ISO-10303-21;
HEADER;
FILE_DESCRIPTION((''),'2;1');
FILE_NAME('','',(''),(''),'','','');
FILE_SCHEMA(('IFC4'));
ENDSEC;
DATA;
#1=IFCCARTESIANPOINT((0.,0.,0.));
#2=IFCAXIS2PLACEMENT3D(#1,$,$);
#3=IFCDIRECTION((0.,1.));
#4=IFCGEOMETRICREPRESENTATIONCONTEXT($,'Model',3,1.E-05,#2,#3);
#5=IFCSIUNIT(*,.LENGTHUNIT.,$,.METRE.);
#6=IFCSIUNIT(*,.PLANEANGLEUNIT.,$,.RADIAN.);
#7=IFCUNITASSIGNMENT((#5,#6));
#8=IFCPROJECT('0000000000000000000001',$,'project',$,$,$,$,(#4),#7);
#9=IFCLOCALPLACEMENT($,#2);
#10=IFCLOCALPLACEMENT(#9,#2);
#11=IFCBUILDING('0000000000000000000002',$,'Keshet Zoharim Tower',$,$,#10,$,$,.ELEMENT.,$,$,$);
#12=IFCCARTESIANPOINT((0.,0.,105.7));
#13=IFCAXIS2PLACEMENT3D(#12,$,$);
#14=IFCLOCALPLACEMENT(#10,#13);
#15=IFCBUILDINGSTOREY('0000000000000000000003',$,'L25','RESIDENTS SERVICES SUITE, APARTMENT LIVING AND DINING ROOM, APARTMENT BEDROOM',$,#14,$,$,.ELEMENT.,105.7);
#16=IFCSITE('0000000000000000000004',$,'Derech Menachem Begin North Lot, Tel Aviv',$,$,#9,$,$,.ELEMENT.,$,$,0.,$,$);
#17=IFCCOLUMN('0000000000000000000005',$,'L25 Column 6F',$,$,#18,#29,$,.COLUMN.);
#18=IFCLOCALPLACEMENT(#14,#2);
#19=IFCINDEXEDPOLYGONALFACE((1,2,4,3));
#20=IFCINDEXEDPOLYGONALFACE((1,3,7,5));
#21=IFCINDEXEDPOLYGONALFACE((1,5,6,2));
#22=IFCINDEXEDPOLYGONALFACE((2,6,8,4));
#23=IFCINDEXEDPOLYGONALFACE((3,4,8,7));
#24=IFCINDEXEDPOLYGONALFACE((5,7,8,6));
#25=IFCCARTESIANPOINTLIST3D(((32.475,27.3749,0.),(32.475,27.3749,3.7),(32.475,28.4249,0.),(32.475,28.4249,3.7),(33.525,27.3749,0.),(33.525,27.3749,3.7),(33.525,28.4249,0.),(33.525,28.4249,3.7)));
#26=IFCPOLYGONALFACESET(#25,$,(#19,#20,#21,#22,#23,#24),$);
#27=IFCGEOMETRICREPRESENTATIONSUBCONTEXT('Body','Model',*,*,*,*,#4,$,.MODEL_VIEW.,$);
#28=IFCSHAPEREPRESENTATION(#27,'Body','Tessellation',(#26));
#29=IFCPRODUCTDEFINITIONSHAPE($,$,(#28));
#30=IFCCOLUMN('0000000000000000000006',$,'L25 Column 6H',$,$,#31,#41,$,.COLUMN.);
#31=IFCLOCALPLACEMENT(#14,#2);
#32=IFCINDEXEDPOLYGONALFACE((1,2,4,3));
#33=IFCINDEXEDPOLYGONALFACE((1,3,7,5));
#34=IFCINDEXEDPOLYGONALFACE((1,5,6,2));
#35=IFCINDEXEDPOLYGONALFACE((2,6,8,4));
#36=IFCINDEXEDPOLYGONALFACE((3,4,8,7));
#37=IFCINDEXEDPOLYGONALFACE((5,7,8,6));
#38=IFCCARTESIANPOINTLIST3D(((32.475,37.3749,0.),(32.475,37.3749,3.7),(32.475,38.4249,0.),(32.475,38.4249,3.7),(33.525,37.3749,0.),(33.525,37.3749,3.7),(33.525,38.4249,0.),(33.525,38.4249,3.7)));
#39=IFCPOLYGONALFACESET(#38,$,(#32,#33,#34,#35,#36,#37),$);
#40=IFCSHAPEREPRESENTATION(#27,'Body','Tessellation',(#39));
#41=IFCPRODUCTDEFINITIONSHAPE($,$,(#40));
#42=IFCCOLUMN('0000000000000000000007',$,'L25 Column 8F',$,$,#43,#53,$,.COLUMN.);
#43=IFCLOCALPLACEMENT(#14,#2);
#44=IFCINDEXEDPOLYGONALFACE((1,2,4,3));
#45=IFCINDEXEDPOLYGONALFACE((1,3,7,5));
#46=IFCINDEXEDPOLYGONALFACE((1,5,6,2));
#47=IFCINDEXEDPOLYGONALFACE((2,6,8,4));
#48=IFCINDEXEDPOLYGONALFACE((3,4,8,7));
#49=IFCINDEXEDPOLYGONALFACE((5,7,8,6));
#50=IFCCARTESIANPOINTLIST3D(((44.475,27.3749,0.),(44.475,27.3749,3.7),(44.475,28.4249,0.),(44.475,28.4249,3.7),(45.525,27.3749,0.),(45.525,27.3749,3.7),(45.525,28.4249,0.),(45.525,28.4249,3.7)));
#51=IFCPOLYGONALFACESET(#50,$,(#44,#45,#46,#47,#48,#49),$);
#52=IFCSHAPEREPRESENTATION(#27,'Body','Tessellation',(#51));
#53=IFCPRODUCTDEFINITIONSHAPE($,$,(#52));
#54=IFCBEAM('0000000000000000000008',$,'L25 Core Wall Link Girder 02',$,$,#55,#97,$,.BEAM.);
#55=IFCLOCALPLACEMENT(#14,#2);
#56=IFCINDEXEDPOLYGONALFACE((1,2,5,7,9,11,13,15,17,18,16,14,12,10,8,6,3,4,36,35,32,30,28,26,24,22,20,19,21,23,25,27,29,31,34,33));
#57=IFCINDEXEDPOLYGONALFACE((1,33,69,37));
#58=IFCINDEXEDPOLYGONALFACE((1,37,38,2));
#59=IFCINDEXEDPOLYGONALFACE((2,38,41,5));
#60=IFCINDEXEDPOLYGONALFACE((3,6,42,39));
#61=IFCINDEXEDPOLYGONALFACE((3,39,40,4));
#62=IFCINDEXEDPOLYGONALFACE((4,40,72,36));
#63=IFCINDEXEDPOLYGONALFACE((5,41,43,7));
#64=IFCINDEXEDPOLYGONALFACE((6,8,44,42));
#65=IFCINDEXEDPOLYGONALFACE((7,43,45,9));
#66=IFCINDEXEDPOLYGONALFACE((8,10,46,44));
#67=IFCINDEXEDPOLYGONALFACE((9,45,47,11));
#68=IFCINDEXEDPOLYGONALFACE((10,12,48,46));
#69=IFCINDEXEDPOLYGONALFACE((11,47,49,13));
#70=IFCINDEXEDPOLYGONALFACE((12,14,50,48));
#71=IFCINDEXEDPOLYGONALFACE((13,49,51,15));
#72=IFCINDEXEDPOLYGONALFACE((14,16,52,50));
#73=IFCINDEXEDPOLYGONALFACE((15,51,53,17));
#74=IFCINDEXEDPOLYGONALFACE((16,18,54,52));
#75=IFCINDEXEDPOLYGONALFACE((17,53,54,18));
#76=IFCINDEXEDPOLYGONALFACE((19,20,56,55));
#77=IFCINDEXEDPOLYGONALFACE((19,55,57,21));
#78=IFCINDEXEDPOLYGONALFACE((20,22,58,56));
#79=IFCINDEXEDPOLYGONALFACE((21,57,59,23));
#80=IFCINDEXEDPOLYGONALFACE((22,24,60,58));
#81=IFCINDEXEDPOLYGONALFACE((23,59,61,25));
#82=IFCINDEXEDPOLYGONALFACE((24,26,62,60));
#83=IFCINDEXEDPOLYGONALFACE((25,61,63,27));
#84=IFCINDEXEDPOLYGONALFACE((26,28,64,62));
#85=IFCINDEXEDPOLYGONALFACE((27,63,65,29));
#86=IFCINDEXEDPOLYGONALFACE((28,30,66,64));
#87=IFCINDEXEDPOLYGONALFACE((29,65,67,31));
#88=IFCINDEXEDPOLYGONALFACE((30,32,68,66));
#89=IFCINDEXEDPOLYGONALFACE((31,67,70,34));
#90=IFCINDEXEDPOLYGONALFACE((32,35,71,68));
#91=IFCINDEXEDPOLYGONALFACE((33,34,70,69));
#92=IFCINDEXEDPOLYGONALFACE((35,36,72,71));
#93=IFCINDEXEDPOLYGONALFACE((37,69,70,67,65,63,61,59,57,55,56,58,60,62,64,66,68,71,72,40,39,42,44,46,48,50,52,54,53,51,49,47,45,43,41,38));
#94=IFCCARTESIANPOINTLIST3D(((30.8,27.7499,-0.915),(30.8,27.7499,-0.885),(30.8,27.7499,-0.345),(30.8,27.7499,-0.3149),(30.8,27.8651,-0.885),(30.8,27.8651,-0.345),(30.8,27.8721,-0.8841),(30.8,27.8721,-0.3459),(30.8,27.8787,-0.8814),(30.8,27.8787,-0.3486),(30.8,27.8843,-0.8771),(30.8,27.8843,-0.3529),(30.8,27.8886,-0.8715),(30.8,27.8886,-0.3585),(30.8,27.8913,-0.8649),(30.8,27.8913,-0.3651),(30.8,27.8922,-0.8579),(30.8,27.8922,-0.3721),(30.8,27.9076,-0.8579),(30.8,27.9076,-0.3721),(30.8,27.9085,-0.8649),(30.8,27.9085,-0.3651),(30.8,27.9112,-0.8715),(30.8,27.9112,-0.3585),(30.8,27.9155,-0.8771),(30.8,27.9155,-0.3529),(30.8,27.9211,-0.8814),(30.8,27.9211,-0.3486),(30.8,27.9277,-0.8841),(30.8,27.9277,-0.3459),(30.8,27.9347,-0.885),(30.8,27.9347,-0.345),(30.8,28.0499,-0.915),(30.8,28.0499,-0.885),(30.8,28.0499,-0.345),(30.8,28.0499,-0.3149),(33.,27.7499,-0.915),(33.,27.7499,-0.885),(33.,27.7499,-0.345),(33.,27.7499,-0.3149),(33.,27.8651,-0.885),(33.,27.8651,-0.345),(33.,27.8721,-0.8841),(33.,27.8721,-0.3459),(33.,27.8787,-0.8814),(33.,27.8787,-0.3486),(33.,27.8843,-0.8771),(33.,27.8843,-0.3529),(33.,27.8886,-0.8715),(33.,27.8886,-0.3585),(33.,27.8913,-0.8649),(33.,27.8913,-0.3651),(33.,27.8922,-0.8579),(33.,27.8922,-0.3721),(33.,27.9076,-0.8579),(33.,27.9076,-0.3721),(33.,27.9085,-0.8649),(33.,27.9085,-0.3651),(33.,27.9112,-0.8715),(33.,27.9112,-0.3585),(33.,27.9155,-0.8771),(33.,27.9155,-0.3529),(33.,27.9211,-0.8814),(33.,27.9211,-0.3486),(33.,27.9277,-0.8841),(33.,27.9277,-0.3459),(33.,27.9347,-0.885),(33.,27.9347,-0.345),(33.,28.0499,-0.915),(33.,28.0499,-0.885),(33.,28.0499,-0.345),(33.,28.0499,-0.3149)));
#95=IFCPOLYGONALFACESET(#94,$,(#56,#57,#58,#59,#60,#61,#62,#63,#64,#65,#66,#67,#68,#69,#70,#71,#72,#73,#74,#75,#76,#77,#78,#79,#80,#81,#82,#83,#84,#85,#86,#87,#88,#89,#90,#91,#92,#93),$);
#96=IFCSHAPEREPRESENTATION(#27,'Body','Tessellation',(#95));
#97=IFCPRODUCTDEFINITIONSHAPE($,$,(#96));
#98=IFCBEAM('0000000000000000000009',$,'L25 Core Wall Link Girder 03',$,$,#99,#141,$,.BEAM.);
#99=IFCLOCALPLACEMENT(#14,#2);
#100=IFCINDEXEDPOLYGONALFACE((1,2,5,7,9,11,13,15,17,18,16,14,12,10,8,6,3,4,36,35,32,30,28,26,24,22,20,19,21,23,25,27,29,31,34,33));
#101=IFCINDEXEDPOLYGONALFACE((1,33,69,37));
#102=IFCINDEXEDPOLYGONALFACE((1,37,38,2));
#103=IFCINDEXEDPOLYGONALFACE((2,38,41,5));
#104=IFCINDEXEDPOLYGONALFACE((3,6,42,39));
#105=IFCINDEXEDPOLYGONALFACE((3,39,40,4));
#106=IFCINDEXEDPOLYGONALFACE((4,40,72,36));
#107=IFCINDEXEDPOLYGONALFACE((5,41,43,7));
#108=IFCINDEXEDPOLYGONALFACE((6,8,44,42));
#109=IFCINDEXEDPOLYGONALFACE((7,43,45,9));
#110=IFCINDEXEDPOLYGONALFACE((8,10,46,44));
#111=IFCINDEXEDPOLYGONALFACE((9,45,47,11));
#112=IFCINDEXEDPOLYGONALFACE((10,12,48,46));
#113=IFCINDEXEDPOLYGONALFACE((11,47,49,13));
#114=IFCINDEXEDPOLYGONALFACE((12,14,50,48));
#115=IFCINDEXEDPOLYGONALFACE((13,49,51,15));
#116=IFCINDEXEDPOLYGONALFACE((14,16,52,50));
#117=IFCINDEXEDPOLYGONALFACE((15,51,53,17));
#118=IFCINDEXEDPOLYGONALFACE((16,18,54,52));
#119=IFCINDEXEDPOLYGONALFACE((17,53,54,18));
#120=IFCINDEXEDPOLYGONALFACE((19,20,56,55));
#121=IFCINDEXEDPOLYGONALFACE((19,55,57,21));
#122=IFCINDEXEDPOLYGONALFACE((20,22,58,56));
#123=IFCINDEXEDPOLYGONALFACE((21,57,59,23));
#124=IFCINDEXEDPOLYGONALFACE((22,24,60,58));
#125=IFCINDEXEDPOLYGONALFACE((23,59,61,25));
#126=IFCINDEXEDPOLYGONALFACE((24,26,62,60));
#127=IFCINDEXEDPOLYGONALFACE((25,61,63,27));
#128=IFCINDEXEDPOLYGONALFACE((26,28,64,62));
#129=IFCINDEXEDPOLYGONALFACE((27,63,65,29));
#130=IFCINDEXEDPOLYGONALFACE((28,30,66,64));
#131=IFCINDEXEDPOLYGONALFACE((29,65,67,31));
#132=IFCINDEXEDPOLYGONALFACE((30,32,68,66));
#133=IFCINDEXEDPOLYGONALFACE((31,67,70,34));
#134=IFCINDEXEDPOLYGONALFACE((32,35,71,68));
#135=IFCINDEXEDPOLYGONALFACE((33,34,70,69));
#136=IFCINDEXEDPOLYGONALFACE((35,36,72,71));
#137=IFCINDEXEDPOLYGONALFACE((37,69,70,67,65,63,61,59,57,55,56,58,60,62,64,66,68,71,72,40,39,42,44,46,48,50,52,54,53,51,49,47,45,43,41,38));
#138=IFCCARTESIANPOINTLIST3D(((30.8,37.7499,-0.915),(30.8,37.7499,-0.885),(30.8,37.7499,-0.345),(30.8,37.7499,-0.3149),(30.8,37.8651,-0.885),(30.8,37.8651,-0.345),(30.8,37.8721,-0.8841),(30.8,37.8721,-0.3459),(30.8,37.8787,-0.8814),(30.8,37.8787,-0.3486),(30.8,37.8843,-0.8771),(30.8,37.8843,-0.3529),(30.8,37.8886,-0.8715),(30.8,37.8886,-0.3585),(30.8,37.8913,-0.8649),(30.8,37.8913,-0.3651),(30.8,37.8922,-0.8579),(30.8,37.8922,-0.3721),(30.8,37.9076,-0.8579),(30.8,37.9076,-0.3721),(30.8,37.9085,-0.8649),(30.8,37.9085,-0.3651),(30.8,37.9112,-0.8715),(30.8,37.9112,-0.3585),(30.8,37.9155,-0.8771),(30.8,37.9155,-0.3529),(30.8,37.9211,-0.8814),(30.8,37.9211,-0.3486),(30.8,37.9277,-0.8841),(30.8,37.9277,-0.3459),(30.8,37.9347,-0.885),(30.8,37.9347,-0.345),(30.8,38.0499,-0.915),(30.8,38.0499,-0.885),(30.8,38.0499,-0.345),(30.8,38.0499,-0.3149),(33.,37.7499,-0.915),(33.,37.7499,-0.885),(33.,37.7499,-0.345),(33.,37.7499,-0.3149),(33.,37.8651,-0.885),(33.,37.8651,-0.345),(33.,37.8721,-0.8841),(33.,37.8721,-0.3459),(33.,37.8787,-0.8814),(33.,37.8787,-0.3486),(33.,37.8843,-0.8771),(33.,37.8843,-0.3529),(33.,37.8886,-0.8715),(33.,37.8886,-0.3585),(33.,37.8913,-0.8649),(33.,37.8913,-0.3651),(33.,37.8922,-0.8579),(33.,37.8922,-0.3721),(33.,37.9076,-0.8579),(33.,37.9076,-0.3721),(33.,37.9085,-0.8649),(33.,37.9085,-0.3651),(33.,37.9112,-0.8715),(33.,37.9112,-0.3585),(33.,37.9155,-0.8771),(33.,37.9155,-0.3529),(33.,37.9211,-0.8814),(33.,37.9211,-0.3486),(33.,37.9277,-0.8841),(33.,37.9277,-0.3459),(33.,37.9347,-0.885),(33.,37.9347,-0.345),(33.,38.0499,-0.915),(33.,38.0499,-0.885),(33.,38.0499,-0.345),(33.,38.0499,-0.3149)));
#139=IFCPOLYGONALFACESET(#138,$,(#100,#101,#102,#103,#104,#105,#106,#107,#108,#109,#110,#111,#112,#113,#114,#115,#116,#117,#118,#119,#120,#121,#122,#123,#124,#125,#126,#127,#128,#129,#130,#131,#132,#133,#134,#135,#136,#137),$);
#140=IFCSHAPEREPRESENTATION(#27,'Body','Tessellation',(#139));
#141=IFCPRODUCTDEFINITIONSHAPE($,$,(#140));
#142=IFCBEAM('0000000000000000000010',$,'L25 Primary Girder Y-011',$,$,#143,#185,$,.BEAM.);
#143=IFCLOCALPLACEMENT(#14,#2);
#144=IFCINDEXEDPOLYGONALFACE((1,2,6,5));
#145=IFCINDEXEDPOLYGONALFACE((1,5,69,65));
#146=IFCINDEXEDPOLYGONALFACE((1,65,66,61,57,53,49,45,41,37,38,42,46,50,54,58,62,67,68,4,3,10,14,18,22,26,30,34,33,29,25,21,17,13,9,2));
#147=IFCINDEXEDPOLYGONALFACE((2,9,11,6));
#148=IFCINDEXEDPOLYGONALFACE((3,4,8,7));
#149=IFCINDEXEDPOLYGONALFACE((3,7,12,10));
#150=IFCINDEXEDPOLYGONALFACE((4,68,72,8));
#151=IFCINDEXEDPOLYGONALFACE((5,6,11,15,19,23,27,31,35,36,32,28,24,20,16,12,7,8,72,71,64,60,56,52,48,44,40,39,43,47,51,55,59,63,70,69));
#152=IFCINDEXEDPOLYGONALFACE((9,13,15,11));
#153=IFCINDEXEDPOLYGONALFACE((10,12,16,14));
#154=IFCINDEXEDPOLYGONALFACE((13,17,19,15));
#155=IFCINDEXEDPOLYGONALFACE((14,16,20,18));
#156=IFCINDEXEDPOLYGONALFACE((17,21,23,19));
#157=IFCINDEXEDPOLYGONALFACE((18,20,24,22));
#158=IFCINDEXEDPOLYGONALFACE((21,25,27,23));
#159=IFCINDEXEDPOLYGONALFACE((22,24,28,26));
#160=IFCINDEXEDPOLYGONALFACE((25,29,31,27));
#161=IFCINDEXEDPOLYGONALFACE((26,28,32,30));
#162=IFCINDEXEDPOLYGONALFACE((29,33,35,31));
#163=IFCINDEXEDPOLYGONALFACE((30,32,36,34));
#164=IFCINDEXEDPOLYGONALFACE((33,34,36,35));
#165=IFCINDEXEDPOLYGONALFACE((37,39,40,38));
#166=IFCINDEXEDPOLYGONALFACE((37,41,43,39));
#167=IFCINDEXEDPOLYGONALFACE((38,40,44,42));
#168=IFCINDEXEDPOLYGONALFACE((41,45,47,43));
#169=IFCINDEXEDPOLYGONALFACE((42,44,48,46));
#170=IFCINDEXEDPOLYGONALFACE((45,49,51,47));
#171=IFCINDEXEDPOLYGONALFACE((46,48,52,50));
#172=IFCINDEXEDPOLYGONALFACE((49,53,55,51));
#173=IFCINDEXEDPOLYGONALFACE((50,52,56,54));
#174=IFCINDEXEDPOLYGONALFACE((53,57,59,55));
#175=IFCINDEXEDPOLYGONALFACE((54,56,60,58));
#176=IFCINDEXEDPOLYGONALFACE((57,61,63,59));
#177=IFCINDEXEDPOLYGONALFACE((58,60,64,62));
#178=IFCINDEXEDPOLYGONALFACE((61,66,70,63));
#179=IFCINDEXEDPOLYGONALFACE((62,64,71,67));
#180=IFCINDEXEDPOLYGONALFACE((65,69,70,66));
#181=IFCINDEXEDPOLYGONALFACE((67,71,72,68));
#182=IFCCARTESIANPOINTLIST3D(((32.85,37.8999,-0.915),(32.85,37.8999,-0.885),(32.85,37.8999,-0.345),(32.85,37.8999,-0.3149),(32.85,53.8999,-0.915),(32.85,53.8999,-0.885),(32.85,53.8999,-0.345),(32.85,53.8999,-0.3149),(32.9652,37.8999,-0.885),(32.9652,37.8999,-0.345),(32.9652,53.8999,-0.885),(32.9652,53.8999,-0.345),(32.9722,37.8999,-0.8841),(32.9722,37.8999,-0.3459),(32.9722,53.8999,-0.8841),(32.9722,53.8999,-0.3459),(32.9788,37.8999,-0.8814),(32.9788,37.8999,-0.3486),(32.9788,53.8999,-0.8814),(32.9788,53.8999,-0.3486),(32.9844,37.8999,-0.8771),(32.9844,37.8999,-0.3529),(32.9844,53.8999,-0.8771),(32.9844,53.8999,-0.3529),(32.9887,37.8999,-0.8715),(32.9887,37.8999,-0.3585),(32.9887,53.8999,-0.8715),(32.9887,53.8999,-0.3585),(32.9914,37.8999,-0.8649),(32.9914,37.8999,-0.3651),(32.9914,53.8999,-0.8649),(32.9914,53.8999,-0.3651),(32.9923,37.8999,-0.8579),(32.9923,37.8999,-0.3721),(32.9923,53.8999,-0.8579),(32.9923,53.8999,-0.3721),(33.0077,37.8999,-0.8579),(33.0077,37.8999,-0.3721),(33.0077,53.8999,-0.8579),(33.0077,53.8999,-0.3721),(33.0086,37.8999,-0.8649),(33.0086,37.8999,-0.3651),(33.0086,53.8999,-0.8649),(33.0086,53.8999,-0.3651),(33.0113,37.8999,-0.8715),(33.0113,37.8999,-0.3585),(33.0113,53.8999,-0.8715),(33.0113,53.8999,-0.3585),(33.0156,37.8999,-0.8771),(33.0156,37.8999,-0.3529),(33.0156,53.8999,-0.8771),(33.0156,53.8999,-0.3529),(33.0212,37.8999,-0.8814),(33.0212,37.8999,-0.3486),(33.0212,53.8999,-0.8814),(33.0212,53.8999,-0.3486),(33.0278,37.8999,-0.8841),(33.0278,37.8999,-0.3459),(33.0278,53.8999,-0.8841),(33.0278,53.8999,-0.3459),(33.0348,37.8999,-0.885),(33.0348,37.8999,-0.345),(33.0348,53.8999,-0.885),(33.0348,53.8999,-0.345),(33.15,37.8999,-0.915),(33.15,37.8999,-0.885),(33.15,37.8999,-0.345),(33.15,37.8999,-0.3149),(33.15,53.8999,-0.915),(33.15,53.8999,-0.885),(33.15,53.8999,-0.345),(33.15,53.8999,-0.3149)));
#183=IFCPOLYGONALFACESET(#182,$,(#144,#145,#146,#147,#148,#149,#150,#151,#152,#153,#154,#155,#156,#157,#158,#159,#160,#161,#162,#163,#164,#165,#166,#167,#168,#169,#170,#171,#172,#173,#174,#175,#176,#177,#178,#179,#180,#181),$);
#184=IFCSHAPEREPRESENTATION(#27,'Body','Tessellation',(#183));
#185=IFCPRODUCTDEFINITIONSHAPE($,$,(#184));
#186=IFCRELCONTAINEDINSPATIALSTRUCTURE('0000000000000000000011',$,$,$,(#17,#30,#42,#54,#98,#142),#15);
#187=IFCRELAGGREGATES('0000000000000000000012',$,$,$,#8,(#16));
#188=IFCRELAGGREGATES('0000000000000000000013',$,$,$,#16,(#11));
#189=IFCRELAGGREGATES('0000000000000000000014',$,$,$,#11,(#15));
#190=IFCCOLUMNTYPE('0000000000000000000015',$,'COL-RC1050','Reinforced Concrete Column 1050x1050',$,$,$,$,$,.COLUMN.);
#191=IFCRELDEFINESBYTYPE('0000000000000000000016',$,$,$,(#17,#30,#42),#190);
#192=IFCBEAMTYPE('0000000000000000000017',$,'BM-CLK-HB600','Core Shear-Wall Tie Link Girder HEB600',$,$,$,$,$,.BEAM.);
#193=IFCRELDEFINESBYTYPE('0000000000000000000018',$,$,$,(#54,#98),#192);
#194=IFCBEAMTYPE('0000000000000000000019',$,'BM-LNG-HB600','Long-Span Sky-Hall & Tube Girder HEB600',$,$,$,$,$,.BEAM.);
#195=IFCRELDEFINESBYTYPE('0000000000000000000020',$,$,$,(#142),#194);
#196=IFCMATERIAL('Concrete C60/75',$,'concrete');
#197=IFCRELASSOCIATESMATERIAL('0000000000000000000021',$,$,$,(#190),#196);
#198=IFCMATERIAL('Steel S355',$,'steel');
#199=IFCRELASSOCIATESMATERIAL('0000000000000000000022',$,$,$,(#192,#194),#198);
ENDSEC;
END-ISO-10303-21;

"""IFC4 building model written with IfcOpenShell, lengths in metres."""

from ifc_helpers import new_model, si_unit, direction, frame, origin, origin_2d, place, context, subcontext, project, spatial, rectangle, i_section, extrude, material, material_profile, profile_set, type_object, element, save


model = new_model("IFC4")

# Units and contexts
model_context = context("Model", 3, precision=1e-05, world=origin(), true_north=direction((0.0, 1.0)))
body_context = subcontext(model_context, "Body", "Model", "MODEL_VIEW")
ifc_project = project(units=[si_unit("LENGTHUNIT", "METRE"), si_unit("PLANEANGLEUNIT", "RADIAN")], contexts=[model_context])

# Site, building, storey
site_placement = place(None, origin())
site = spatial("IfcSite", under=ifc_project, at=site_placement, Name="Derech Menachem Begin North Lot, Tel Aviv", CompositionType="ELEMENT", RefElevation=0.0)
building_placement = place(site_placement, origin())
building = spatial("IfcBuilding", under=site, at=building_placement, Name="Keshet Zoharim Tower", CompositionType="ELEMENT")
storey_placement = place(building_placement, frame((0.0, 0.0, 105.7)))
storey = spatial("IfcBuildingStorey", under=building, at=storey_placement, Name="L25", Description="RESIDENTS SERVICES SUITE, APARTMENT LIVING AND DINING ROOM, APARTMENT BEDROOM", CompositionType="ELEMENT", Elevation=105.7)

# Columns
ifc_material_1 = material(Name="Concrete C60/75", Category="concrete")
ifc_material_profile_1 = material_profile(ifc_material_1, rectangle(XDim=1.05, YDim=1.05, at=origin_2d()), Name="RC1050x1050")
ifc_profile_set_1 = profile_set([ifc_material_profile_1], Name="Concrete C60/75")
column_type = type_object("IfcColumnType", Name="COL-RC1050", Description="Reinforced Concrete Column 1050x1050", PredefinedType="COLUMN", material=ifc_profile_set_1)
for number, where, z_axis, x_axis, name in (
    (1, (33.0, 27.8999, 0.0), (0.0, 0.0, 1.0), (1.0, 0.0, 0.0), "L25 Column 6F"),
    (2, (33.0, 37.8999, 0.0), (0.0, 0.0, 1.0), (1.0, 0.0, 0.0), "L25 Column 6H"),
    (3, (45.0, 27.8999, 0.0), (0.0, 0.0, 1.0), (1.0, 0.0, 0.0), "L25 Column 8F"),
):
    element("IfcColumn", number, at=place(storey_placement, frame(where, z_axis=z_axis, x_axis=x_axis)), inside=storey, type_object=column_type, Name=name, PredefinedType="COLUMN", context=body_context, shape_type="SweptSolid", body=[
        extrude(rectangle(XDim=1.05, YDim=1.05, at=origin_2d()), origin(), (0.0, 0.0, 1.0), 3.7),
    ])

# Beams
ifc_material_2 = material(Name="Steel S355", Category="steel")
ifc_material_profile_2 = material_profile(ifc_material_2, i_section(OverallWidth=0.3, OverallDepth=0.6001, WebThickness=0.0154, FlangeThickness=0.03, FilletRadius=0.0271, at=origin_2d()), Name="HEB600")
ifc_profile_set_2 = profile_set([ifc_material_profile_2], Name="Steel S355")
beam_type_1 = type_object("IfcBeamType", Name="BM-CLK-HB600", Description="Core Shear-Wall Tie Link Girder HEB600", PredefinedType="BEAM", material=ifc_profile_set_2)
for number, where, z_axis, x_axis, name in (
    (4, (30.8, 27.8999, -0.615), (1.0, 0.0, 0.0), (0.0, 1.0, 0.0), "L25 Core Wall Link Girder 02"),
    (5, (30.8, 37.8999, -0.615), (1.0, 0.0, 0.0), (0.0, 1.0, 0.0), "L25 Core Wall Link Girder 03"),
):
    element("IfcBeam", number, at=place(storey_placement, frame(where, z_axis=z_axis, x_axis=x_axis)), inside=storey, type_object=beam_type_1, Name=name, PredefinedType="BEAM", context=body_context, shape_type="SweptSolid", body=[
        extrude(i_section(OverallWidth=0.3, OverallDepth=0.6001, WebThickness=0.0154, FlangeThickness=0.03, FilletRadius=0.0271, at=origin_2d()), origin(), (0.0, 0.0, 1.0), 2.2),
    ])
ifc_material_profile_3 = material_profile(ifc_material_2, i_section(OverallWidth=0.3, OverallDepth=0.6001, WebThickness=0.0154, FlangeThickness=0.03, FilletRadius=0.0271, at=origin_2d()), Name="HEB600")
ifc_profile_set_3 = profile_set([ifc_material_profile_3], Name="Steel S355")
beam_type_2 = type_object("IfcBeamType", Name="BM-LNG-HB600", Description="Long-Span Sky-Hall & Tube Girder HEB600", PredefinedType="BEAM", material=ifc_profile_set_3)
beam_1_placement = place(storey_placement, frame((33.0, 37.8999, -0.615), z_axis=(0.0, 1.0, 0.0), x_axis=(-1.0, 0.0, 0.0)))
element("IfcBeam", 6, at=beam_1_placement, inside=storey, type_object=beam_type_2, Name="L25 Primary Girder Y-011", PredefinedType="BEAM", context=body_context, shape_type="SweptSolid", body=[
    extrude(i_section(OverallWidth=0.3, OverallDepth=0.6001, WebThickness=0.0154, FlangeThickness=0.03, FilletRadius=0.0271, at=origin_2d()), origin(), (0.0, 0.0, 1.0), 16.0),
])

save(model, "model.ifc")
